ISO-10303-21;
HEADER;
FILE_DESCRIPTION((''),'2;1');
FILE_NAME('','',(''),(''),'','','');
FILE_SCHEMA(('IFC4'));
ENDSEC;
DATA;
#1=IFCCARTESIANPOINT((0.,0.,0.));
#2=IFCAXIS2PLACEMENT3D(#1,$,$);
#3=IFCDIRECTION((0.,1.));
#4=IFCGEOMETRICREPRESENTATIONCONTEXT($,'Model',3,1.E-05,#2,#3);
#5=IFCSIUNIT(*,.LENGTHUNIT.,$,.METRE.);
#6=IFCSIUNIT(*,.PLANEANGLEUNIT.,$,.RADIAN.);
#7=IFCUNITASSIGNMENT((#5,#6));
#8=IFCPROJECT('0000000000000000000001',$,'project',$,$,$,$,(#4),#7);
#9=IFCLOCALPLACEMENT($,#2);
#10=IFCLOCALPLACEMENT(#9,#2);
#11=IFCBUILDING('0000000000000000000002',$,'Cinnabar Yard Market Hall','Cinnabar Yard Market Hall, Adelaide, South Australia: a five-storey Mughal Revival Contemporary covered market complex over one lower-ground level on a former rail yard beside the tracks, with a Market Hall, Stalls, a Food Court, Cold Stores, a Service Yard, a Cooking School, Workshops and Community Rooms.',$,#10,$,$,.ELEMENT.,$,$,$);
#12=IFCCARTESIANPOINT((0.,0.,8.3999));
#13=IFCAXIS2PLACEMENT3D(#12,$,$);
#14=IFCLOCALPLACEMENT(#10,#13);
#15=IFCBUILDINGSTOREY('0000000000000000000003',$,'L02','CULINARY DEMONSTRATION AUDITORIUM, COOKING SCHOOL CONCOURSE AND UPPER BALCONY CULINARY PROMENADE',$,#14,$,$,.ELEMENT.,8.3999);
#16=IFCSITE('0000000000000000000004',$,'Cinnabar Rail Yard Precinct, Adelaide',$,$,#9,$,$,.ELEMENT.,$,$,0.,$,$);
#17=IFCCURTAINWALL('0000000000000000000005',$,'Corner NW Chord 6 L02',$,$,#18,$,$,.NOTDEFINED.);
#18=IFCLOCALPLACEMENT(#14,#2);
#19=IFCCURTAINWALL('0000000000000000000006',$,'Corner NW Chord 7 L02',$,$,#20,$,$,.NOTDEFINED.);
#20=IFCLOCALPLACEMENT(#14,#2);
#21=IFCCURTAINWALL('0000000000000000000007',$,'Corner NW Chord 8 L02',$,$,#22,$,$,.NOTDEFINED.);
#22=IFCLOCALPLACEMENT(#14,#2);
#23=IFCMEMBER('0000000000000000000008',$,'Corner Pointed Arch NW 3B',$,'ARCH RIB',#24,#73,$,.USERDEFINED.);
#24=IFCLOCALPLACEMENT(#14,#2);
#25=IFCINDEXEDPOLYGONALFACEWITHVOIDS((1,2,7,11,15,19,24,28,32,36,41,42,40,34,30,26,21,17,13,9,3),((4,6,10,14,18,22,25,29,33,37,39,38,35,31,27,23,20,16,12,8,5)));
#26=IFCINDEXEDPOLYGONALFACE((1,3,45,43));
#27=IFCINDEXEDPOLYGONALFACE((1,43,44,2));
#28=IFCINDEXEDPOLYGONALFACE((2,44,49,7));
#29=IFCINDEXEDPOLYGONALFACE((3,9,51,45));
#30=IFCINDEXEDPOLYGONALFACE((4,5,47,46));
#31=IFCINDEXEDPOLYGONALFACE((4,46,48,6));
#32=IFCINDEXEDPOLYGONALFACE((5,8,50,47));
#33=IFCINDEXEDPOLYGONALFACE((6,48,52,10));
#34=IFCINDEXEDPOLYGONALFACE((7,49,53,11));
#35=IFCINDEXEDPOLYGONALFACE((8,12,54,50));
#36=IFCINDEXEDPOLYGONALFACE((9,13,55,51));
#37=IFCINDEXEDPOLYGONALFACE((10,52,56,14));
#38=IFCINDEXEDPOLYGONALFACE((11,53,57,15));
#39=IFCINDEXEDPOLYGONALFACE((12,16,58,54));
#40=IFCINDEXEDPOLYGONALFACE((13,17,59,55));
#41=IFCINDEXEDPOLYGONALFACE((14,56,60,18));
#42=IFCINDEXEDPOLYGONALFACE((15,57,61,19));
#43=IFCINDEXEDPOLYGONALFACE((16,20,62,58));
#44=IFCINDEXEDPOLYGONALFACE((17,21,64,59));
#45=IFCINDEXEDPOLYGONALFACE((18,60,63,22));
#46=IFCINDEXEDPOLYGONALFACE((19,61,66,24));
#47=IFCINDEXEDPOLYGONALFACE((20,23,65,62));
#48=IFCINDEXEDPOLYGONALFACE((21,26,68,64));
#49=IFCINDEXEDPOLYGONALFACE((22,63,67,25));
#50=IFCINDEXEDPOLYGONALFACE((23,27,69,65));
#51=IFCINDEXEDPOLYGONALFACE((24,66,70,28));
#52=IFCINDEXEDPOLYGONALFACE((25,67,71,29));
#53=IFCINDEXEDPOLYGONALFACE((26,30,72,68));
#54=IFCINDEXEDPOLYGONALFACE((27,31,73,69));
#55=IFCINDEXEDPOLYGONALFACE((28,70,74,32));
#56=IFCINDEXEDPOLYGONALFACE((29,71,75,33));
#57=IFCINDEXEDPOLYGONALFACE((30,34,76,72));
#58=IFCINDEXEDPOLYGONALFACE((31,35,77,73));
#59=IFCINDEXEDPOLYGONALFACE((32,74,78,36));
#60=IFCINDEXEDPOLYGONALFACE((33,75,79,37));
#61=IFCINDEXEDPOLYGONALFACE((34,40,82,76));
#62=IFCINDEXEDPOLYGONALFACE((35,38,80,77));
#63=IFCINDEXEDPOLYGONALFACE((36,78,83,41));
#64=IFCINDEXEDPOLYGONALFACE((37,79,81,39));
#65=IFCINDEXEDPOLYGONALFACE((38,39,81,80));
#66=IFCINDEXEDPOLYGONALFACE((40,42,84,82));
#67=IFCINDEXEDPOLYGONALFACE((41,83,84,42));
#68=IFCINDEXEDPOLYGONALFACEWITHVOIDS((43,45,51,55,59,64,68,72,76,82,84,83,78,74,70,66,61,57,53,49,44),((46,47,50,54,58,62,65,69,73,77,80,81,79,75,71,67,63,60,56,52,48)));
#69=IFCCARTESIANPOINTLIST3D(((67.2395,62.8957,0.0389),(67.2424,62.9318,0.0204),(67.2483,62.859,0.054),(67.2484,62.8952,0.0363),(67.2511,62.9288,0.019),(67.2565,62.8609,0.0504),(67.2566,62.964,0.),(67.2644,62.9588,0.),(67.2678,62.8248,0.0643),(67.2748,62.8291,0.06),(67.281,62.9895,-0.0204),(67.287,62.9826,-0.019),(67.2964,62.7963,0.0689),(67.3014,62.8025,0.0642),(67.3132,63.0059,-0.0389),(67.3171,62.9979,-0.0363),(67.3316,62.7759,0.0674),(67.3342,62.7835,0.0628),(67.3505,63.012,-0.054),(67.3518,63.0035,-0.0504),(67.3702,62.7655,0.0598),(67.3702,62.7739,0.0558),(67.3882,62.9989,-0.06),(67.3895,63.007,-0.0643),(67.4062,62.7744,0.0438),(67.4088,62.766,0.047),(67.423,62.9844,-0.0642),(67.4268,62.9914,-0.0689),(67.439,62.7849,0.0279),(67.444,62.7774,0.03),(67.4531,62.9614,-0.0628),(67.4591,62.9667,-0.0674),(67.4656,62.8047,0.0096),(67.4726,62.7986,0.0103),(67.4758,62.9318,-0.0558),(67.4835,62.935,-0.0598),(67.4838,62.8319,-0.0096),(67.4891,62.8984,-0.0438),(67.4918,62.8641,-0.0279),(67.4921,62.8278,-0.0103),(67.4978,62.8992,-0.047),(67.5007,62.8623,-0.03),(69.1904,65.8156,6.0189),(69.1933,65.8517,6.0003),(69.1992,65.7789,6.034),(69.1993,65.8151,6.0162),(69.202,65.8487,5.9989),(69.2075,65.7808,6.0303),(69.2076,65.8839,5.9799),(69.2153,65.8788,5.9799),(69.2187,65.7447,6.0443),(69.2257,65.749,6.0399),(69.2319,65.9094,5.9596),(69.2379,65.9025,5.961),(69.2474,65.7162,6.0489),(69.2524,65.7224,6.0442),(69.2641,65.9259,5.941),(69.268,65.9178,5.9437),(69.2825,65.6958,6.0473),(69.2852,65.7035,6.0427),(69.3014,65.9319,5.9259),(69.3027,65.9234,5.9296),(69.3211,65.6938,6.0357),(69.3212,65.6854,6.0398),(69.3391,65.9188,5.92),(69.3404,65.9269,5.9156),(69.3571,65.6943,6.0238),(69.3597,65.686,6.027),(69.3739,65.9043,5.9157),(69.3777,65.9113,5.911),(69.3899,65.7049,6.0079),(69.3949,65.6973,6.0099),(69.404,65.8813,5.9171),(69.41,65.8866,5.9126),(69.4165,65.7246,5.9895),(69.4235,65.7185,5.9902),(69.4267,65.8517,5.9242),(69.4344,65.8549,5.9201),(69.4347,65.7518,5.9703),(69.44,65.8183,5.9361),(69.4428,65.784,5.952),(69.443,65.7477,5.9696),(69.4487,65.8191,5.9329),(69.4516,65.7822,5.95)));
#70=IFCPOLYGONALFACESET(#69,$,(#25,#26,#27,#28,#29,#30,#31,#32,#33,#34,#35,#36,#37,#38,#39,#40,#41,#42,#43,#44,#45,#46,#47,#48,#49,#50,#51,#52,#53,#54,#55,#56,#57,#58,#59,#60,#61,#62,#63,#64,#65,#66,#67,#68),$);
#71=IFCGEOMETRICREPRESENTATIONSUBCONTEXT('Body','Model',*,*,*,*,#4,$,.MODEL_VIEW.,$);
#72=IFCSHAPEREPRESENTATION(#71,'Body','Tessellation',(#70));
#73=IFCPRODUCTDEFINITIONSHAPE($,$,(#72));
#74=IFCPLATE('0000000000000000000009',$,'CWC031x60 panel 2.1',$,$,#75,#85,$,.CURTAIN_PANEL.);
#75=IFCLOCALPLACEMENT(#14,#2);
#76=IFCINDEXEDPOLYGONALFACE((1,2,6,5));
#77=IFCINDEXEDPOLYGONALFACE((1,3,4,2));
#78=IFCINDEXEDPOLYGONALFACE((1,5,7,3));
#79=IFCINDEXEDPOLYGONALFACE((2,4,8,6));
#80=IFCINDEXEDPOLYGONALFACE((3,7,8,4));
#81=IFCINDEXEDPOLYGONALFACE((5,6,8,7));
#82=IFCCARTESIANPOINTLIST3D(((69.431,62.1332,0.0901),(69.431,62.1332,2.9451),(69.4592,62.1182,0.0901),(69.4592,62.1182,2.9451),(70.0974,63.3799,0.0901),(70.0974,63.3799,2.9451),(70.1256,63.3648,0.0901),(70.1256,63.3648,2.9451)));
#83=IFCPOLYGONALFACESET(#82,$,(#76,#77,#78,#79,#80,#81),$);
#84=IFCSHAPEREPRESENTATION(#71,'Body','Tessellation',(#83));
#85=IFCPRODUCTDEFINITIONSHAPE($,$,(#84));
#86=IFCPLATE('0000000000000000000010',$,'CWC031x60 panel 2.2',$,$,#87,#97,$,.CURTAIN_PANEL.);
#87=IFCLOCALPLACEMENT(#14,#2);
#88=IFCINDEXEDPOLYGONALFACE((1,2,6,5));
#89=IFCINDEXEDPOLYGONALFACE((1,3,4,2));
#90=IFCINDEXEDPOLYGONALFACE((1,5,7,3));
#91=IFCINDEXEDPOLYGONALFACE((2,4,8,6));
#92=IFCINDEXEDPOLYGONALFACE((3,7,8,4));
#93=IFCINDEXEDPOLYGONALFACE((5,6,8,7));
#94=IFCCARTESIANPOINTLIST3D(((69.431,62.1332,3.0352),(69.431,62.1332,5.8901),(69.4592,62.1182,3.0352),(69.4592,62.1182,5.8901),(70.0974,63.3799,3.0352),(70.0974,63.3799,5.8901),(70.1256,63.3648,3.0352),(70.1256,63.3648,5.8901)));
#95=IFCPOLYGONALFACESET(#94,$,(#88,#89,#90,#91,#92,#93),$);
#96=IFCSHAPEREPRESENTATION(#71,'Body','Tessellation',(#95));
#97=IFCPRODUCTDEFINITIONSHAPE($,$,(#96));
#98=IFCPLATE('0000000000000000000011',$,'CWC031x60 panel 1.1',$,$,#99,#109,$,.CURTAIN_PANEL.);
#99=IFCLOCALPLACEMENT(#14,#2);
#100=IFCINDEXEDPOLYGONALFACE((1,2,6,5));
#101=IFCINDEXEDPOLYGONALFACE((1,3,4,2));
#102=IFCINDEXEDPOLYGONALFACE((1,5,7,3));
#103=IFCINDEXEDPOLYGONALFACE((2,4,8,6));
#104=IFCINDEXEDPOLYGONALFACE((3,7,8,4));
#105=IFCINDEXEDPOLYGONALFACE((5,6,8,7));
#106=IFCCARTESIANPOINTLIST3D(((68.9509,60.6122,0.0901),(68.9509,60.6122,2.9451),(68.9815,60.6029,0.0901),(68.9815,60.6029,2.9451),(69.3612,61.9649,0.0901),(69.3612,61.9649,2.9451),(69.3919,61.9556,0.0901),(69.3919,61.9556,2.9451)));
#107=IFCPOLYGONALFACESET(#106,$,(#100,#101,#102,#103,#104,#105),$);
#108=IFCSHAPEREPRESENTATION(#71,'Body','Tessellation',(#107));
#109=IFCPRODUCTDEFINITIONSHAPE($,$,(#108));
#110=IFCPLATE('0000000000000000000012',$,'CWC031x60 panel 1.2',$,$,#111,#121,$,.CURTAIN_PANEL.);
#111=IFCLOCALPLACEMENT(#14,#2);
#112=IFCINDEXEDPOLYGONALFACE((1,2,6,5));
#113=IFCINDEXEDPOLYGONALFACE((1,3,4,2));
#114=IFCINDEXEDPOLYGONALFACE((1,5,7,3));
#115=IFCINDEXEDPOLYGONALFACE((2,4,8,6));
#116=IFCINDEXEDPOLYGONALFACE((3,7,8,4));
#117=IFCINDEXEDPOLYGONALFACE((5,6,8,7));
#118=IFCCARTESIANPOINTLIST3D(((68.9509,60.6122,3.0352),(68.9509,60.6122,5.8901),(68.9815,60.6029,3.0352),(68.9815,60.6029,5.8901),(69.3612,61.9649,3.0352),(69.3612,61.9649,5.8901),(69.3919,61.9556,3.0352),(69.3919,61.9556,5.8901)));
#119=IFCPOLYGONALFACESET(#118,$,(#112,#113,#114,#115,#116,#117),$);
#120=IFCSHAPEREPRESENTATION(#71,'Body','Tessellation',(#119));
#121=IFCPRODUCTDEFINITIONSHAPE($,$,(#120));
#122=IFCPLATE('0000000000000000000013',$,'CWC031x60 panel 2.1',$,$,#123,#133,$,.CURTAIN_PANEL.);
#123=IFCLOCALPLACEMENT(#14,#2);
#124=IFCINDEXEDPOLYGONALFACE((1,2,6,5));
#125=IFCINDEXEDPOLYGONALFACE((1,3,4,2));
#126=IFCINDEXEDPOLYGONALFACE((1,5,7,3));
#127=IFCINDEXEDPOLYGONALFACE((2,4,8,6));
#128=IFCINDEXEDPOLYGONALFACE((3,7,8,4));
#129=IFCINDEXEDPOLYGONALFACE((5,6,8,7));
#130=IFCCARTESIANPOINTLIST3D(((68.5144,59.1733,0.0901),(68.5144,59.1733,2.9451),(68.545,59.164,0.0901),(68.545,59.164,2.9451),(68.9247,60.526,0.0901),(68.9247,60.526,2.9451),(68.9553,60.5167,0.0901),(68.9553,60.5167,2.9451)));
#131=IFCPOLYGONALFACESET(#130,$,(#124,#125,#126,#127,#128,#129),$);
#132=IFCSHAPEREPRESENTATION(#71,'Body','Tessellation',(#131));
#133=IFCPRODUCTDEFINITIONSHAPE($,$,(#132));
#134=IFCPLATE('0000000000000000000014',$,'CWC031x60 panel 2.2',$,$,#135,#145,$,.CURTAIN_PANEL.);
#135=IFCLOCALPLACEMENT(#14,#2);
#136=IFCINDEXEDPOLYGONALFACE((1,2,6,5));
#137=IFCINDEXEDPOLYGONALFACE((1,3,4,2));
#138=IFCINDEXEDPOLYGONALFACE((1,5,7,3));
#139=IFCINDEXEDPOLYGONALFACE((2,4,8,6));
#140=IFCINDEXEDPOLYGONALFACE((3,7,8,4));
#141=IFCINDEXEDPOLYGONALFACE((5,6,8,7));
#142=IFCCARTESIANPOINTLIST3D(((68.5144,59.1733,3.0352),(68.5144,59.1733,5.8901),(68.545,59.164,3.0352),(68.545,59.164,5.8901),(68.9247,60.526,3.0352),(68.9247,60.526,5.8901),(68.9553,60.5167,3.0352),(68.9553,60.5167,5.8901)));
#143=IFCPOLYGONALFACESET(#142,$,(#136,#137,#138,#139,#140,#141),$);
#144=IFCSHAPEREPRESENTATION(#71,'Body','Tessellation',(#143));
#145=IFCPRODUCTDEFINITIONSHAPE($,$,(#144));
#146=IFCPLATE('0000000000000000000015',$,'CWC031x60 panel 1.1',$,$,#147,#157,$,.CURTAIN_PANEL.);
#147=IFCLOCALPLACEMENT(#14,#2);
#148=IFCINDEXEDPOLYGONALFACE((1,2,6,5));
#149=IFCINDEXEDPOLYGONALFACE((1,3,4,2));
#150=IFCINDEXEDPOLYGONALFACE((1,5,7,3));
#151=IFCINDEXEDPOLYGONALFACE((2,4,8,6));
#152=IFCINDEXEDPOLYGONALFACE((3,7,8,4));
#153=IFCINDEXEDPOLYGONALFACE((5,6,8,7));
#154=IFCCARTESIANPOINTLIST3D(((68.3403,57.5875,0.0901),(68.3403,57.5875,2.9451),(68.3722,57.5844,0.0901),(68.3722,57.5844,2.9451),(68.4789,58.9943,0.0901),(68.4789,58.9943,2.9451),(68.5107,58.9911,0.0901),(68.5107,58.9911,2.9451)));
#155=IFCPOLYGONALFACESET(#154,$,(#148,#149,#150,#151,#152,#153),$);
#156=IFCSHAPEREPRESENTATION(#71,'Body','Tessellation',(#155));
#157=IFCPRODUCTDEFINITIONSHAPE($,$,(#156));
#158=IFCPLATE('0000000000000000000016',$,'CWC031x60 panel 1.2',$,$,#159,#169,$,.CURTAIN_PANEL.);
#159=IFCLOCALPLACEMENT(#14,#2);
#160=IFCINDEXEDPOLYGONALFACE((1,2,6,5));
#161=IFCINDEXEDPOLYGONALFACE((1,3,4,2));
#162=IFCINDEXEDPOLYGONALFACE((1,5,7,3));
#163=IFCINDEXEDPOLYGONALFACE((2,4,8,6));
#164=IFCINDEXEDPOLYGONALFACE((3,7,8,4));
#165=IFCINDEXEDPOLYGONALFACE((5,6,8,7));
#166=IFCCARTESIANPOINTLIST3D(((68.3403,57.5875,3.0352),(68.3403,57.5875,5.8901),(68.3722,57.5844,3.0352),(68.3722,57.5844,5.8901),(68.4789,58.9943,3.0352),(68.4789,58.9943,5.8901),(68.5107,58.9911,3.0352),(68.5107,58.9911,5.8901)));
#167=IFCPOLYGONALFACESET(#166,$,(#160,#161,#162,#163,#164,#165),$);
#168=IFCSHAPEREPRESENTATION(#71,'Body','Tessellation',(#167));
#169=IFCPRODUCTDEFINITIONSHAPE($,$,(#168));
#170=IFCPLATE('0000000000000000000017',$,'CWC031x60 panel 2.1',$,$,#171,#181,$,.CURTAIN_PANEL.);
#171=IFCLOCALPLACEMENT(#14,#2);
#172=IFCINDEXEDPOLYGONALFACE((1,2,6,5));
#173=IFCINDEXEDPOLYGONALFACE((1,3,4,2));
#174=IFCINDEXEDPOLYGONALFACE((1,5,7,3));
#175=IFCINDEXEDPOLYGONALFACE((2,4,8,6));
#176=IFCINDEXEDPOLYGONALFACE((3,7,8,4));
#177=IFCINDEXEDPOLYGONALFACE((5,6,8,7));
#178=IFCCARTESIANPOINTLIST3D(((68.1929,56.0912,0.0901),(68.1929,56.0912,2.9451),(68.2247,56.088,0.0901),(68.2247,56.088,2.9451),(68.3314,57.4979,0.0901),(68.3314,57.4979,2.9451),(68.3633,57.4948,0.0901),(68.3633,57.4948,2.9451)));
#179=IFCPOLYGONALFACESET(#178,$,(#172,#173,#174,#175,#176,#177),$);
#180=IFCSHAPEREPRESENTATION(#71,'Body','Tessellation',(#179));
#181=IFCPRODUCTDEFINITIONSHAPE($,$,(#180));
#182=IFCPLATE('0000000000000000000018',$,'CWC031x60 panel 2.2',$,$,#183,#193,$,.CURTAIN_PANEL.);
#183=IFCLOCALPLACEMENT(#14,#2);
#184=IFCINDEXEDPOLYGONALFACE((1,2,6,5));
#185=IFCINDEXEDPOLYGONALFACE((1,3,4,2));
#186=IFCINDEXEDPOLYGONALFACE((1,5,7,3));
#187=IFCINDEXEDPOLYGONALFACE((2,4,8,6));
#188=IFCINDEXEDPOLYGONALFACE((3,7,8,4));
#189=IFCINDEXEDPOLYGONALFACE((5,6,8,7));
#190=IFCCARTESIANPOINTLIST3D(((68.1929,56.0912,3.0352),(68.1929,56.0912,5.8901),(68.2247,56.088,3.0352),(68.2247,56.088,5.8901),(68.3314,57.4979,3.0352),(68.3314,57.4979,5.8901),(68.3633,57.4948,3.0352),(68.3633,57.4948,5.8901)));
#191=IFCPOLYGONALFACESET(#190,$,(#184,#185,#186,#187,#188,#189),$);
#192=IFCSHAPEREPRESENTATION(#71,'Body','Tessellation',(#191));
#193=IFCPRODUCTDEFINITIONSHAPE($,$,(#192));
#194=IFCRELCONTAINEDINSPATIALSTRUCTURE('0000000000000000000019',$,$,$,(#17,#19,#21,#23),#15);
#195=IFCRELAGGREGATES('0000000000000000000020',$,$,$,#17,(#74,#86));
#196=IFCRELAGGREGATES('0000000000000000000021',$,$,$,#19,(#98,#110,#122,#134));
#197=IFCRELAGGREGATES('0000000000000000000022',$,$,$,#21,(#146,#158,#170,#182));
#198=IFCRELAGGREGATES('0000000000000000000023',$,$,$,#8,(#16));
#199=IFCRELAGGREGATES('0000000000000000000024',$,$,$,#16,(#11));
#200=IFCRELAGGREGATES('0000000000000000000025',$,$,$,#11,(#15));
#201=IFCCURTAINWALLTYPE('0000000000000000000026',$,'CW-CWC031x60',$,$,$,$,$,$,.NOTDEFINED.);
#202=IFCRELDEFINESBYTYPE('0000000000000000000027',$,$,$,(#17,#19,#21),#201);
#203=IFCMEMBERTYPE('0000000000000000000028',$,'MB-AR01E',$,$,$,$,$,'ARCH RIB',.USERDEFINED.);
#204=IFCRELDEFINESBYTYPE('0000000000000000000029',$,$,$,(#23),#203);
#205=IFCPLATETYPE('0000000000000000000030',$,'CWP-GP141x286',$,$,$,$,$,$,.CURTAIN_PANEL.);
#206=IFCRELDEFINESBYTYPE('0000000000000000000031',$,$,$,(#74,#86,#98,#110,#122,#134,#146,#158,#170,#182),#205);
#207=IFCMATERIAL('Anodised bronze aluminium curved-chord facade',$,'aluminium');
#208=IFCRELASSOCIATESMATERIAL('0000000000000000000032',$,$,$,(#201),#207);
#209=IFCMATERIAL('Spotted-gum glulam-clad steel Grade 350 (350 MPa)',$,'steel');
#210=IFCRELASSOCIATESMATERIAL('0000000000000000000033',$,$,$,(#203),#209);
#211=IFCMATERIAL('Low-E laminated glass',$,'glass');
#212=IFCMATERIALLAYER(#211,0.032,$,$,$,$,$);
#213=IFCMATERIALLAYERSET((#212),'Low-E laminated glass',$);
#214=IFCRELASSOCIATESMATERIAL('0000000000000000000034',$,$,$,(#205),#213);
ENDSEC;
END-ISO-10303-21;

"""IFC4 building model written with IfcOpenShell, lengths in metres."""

from ifc_helpers import new_model, si_unit, direction, frame, origin, origin_2d_with_axis, place, context, subcontext, project, spatial, rectangle, hollow_circle, extrude, material, layer, layer_set, material_profile, profile_set, type_object, element, aggregate, save


model = new_model("IFC4")

# Units and contexts
model_context = context("Model", 3, precision=1e-05, world=origin(), true_north=direction((0.0, 1.0)))
body_context = subcontext(model_context, "Body", "Model", "MODEL_VIEW")
ifc_project = project(units=[si_unit("LENGTHUNIT", "METRE"), si_unit("PLANEANGLEUNIT", "RADIAN")], contexts=[model_context])

# Site, building, storey
site_placement = place(None, origin())
site = spatial("IfcSite", under=ifc_project, at=site_placement, Name="Cinnabar Rail Yard Precinct, Adelaide", CompositionType="ELEMENT", RefElevation=0.0)
building_placement = place(site_placement, origin())
building = spatial("IfcBuilding", under=site, at=building_placement, Name="Cinnabar Yard Market Hall", Description="Cinnabar Yard Market Hall, Adelaide, South Australia: a five-storey Mughal Revival Contemporary covered market complex over one lower-ground level on a former rail yard beside the tracks, with a Market Hall, Stalls, a Food Court, Cold Stores, a Service Yard, a Cooking School, Workshops and Community Rooms.", CompositionType="ELEMENT")
storey_placement = place(building_placement, frame((0.0, 0.0, 8.3999)))
storey = spatial("IfcBuildingStorey", under=building, at=storey_placement, Name="L02", Description="CULINARY DEMONSTRATION AUDITORIUM, COOKING SCHOOL CONCOURSE AND UPPER BALCONY CULINARY PROMENADE", CompositionType="ELEMENT", Elevation=8.3999)

# Shared definitions
ifc_material_1 = material(Name="Spotted-gum glulam-clad steel Grade 350 (350 MPa)", Category="steel")

# Curtain wall
ifc_material_2 = material(Name="Anodised bronze aluminium curved-chord facade", Category="aluminium")
curtain_wall_type_1 = type_object("IfcCurtainWallType", Name="CW-CWC031x60", PredefinedType="NOTDEFINED", material=ifc_material_2)
curtain_wall_1_placement = place(storey_placement, origin())
curtain_wall_1 = element("IfcCurtainWall", 1, at=curtain_wall_1_placement, inside=storey, type_object=curtain_wall_type_1, Name="Corner NW Chord 6 L02", PredefinedType="NOTDEFINED")

# Curtain walls
curtain_wall_2_placement = place(storey_placement, origin())
curtain_wall_2 = element("IfcCurtainWall", 2, at=curtain_wall_2_placement, inside=storey, type_object=curtain_wall_type_1, Name="Corner NW Chord 7 L02", PredefinedType="NOTDEFINED")
curtain_wall_3_placement = place(storey_placement, origin())
curtain_wall_3 = element("IfcCurtainWall", 3, at=curtain_wall_3_placement, inside=storey, type_object=curtain_wall_type_1, Name="Corner NW Chord 8 L02", PredefinedType="NOTDEFINED")

# Member
ifc_material_profile_1 = material_profile(ifc_material_1, hollow_circle(Radius=0.1365, WallThickness=0.0093, at=origin_2d_with_axis()), Name="273.1x9.3CHS")
ifc_profile_set_1 = profile_set([ifc_material_profile_1], Name="Spotted-gum glulam-clad steel Grade 350 (350 MPa)")
member_type_1 = type_object("IfcMemberType", Name="MB-AR01E", ElementType="ARCH RIB", PredefinedType="USERDEFINED", material=ifc_profile_set_1)
member_1_placement = place(storey_placement, frame((67.3701, 62.8882, 0.0), z_axis=(0.281322, 0.42105, 0.862308), x_axis=(-0.831483, 0.55555, 0.0)))
element("IfcMember", 4, at=member_1_placement, inside=storey, type_object=member_type_1, Name="Corner Pointed Arch NW 3B", ObjectType="ARCH RIB", PredefinedType="USERDEFINED", context=body_context, shape_type="SweptSolid", body=[
    extrude(hollow_circle(Radius=0.1365, WallThickness=0.0093, at=origin_2d_with_axis()), origin(), (0.0, 0.0, 1.0), 6.9348),
])

# Plates
ifc_material_3 = material(Name="Low-E laminated glass", Category="glass")
ifc_layer_1 = layer(ifc_material_3, 0.032)
ifc_layer_set_1 = layer_set([ifc_layer_1], Name="Low-E laminated glass")
plate_type_1 = type_object("IfcPlateType", Name="CWP-GP141x286", PredefinedType="CURTAIN_PANEL", material=ifc_layer_set_1)
plate_1_placement = place(storey_placement, frame((69.7783, 62.749, 0.0901), z_axis=(0.0, 0.0, 1.0), x_axis=(-0.471404, -0.881917, 0.0)))
plate_1 = element("IfcPlate", 5, at=plate_1_placement, type_object=plate_type_1, Name="CWC031x60 panel 2.1", PredefinedType="CURTAIN_PANEL", context=body_context, shape_type="SweptSolid", body=[
    extrude(rectangle(XDim=1.4136, YDim=0.032, at=origin_2d_with_axis()), origin(), (0.0, 0.0, 1.0), 2.855),
])
plate_2_placement = place(storey_placement, frame((69.7783, 62.749, 3.0352), z_axis=(0.0, 0.0, 1.0), x_axis=(-0.471404, -0.881917, 0.0)))
plate_2 = element("IfcPlate", 6, at=plate_2_placement, type_object=plate_type_1, Name="CWC031x60 panel 2.2", PredefinedType="CURTAIN_PANEL", context=body_context, shape_type="SweptSolid", body=[
    extrude(rectangle(XDim=1.4136, YDim=0.032, at=origin_2d_with_axis()), origin(), (0.0, 0.0, 1.0), 2.855),
])
aggregate(curtain_wall_1, [plate_1, plate_2])
plate_3_placement = place(storey_placement, frame((69.1714, 61.2839, 0.0901), z_axis=(0.0, 0.0, 1.0), x_axis=(-0.290279, -0.956942, 0.0)))
plate_3 = element("IfcPlate", 7, at=plate_3_placement, type_object=plate_type_1, Name="CWC031x60 panel 1.1", PredefinedType="CURTAIN_PANEL", context=body_context, shape_type="SweptSolid", body=[
    extrude(rectangle(XDim=1.4136, YDim=0.032, at=origin_2d_with_axis()), origin(), (0.0, 0.0, 1.0), 2.855),
])
plate_4_placement = place(storey_placement, frame((69.1714, 61.2839, 3.0352), z_axis=(0.0, 0.0, 1.0), x_axis=(-0.290279, -0.956942, 0.0)))
plate_4 = element("IfcPlate", 8, at=plate_4_placement, type_object=plate_type_1, Name="CWC031x60 panel 1.2", PredefinedType="CURTAIN_PANEL", context=body_context, shape_type="SweptSolid", body=[
    extrude(rectangle(XDim=1.4136, YDim=0.032, at=origin_2d_with_axis()), origin(), (0.0, 0.0, 1.0), 2.855),
])
plate_5_placement = place(storey_placement, frame((68.7349, 59.845, 0.0901), z_axis=(0.0, 0.0, 1.0), x_axis=(-0.290279, -0.956942, 0.0)))
plate_5 = element("IfcPlate", 9, at=plate_5_placement, type_object=plate_type_1, Name="CWC031x60 panel 2.1", PredefinedType="CURTAIN_PANEL", context=body_context, shape_type="SweptSolid", body=[
    extrude(rectangle(XDim=1.4136, YDim=0.032, at=origin_2d_with_axis()), origin(), (0.0, 0.0, 1.0), 2.855),
])
plate_6_placement = place(storey_placement, frame((68.7349, 59.845, 3.0352), z_axis=(0.0, 0.0, 1.0), x_axis=(-0.290279, -0.956942, 0.0)))
plate_6 = element("IfcPlate", 10, at=plate_6_placement, type_object=plate_type_1, Name="CWC031x60 panel 2.2", PredefinedType="CURTAIN_PANEL", context=body_context, shape_type="SweptSolid", body=[
    extrude(rectangle(XDim=1.4136, YDim=0.032, at=origin_2d_with_axis()), origin(), (0.0, 0.0, 1.0), 2.855),
])
aggregate(curtain_wall_2, [plate_3, plate_4, plate_5, plate_6])
plate_7_placement = place(storey_placement, frame((68.4255, 58.2893, 0.0901), z_axis=(0.0, 0.0, 1.0), x_axis=(-0.09802, -0.995184, 0.0)))
plate_7 = element("IfcPlate", 11, at=plate_7_placement, type_object=plate_type_1, Name="CWC031x60 panel 1.1", PredefinedType="CURTAIN_PANEL", context=body_context, shape_type="SweptSolid", body=[
    extrude(rectangle(XDim=1.4136, YDim=0.032, at=origin_2d_with_axis()), origin(), (0.0, 0.0, 1.0), 2.855),
])
plate_8_placement = place(storey_placement, frame((68.4255, 58.2893, 3.0352), z_axis=(0.0, 0.0, 1.0), x_axis=(-0.09802, -0.995184, 0.0)))
plate_8 = element("IfcPlate", 12, at=plate_8_placement, type_object=plate_type_1, Name="CWC031x60 panel 1.2", PredefinedType="CURTAIN_PANEL", context=body_context, shape_type="SweptSolid", body=[
    extrude(rectangle(XDim=1.4136, YDim=0.032, at=origin_2d_with_axis()), origin(), (0.0, 0.0, 1.0), 2.855),
])
plate_9_placement = place(storey_placement, frame((68.2781, 56.793, 0.0901), z_axis=(0.0, 0.0, 1.0), x_axis=(-0.09802, -0.995184, 0.0)))
plate_9 = element("IfcPlate", 13, at=plate_9_placement, type_object=plate_type_1, Name="CWC031x60 panel 2.1", PredefinedType="CURTAIN_PANEL", context=body_context, shape_type="SweptSolid", body=[
    extrude(rectangle(XDim=1.4136, YDim=0.032, at=origin_2d_with_axis()), origin(), (0.0, 0.0, 1.0), 2.855),
])
plate_10_placement = place(storey_placement, frame((68.2781, 56.793, 3.0352), z_axis=(0.0, 0.0, 1.0), x_axis=(-0.09802, -0.995184, 0.0)))
plate_10 = element("IfcPlate", 14, at=plate_10_placement, type_object=plate_type_1, Name="CWC031x60 panel 2.2", PredefinedType="CURTAIN_PANEL", context=body_context, shape_type="SweptSolid", body=[
    extrude(rectangle(XDim=1.4136, YDim=0.032, at=origin_2d_with_axis()), origin(), (0.0, 0.0, 1.0), 2.855),
])
aggregate(curtain_wall_3, [plate_7, plate_8, plate_9, plate_10])

save(model, "model.ifc")
